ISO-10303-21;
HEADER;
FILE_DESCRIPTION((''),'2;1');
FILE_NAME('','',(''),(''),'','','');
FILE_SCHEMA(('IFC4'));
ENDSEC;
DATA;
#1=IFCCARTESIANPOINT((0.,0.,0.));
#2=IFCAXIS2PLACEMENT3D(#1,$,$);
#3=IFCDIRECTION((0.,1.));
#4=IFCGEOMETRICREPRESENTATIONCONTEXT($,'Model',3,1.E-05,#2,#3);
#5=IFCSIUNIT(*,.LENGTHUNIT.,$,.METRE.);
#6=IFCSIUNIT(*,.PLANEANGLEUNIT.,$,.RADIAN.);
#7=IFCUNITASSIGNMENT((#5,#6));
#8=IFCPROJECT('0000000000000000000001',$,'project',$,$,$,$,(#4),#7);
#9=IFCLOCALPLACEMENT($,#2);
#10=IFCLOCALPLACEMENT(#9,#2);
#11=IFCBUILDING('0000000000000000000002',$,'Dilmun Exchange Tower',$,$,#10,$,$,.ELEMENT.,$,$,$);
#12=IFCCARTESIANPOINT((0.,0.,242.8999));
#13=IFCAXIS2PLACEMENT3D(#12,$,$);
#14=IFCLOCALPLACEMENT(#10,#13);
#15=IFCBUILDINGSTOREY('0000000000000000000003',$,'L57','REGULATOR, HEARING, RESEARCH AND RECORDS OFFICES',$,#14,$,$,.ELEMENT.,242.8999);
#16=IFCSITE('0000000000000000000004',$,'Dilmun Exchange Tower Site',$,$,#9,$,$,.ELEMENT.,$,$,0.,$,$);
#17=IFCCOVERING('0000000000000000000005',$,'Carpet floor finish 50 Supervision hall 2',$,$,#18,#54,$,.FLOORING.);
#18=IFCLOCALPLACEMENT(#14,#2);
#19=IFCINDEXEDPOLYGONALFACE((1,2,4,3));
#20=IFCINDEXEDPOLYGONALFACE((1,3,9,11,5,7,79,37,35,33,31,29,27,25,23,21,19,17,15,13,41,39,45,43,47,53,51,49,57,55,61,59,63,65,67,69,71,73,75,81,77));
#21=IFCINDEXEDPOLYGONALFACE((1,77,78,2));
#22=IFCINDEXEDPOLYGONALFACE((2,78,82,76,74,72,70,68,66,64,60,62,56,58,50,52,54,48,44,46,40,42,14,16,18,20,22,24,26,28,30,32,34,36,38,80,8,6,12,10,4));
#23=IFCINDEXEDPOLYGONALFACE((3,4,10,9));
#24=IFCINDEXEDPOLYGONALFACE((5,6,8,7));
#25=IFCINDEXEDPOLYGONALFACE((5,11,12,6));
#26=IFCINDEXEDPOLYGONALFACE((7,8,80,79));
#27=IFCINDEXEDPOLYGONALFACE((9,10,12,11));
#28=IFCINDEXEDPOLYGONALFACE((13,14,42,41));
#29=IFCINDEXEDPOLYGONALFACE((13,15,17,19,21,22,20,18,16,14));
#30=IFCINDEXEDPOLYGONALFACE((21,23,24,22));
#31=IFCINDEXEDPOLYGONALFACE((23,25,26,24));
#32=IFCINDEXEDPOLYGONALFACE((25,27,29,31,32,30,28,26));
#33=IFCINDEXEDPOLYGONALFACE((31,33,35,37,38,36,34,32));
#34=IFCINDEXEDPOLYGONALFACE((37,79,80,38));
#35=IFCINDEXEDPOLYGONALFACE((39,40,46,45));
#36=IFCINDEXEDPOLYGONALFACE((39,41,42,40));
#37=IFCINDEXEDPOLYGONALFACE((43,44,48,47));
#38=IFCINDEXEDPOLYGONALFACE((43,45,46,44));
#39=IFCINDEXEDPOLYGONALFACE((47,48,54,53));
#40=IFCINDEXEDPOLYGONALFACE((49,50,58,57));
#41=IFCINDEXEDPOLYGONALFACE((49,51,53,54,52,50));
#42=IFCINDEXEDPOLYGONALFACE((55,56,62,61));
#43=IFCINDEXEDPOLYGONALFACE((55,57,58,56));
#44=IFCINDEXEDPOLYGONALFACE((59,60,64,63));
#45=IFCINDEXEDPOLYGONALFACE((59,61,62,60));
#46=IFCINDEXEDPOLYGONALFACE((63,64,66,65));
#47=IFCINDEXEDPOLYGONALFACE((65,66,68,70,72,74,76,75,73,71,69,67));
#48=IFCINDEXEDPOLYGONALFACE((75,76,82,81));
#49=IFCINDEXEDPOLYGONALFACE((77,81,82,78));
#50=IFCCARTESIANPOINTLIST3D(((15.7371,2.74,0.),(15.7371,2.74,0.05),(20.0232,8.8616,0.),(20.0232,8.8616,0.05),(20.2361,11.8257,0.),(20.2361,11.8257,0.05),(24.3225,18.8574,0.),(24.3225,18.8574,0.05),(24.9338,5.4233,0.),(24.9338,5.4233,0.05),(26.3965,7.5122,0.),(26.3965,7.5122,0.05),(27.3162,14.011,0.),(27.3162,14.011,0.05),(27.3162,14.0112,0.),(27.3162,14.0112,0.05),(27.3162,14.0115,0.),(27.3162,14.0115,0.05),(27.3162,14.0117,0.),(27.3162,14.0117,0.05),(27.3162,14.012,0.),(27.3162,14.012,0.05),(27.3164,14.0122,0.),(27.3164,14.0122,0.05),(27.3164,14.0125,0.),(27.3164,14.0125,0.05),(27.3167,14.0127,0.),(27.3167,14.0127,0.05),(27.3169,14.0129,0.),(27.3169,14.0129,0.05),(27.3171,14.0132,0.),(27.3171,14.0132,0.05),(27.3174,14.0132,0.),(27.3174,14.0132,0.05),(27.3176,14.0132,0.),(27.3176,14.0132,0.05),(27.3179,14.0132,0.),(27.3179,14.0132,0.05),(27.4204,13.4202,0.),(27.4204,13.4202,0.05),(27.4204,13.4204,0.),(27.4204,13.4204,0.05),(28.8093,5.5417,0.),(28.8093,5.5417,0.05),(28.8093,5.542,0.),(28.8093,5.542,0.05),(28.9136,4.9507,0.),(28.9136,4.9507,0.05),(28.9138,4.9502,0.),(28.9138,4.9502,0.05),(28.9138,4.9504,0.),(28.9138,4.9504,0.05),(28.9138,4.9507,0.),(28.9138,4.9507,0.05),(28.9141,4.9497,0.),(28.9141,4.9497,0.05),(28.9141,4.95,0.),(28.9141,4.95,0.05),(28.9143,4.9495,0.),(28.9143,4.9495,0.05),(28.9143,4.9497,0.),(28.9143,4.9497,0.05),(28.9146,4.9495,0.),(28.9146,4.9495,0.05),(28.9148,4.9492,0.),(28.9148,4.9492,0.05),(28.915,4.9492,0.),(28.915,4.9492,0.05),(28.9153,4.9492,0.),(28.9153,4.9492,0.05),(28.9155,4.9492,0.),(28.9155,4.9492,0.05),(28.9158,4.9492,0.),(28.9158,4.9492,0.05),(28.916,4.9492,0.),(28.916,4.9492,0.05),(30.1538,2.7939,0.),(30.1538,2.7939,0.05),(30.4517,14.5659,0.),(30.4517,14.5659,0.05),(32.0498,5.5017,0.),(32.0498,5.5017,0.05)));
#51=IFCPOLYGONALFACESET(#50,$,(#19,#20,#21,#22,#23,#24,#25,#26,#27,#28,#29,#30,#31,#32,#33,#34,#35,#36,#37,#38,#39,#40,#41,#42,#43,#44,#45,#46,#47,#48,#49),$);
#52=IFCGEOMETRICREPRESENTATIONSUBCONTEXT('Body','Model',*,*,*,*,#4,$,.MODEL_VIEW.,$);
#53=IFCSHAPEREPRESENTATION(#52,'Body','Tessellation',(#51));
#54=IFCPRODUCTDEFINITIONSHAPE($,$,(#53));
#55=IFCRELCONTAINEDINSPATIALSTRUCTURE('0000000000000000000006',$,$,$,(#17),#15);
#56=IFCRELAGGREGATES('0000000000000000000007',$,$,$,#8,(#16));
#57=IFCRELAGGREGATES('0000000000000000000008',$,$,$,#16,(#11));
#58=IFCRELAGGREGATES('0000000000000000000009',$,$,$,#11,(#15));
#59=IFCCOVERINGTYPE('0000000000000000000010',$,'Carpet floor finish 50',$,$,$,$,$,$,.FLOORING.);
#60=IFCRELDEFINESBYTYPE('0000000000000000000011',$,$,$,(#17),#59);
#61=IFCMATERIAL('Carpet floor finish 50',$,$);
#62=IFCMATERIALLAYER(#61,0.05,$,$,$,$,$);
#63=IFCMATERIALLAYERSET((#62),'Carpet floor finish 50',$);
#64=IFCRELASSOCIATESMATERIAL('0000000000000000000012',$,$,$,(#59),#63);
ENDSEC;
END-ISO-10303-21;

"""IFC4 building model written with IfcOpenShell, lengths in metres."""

from ifc_helpers import new_model, si_unit, direction, frame, origin, place, context, subcontext, project, spatial, polyline, outline, extrude, material, layer, layer_set, type_object, element, save


model = new_model("IFC4")

# Units and contexts
model_context = context("Model", 3, precision=1e-05, world=origin(), true_north=direction((0.0, 1.0)))
body_context = subcontext(model_context, "Body", "Model", "MODEL_VIEW")
ifc_project = project(units=[si_unit("LENGTHUNIT", "METRE"), si_unit("PLANEANGLEUNIT", "RADIAN")], contexts=[model_context])

# Site, building, storey
site_placement = place(None, origin())
site = spatial("IfcSite", under=ifc_project, at=site_placement, Name="Dilmun Exchange Tower Site", CompositionType="ELEMENT", RefElevation=0.0)
building_placement = place(site_placement, origin())
building = spatial("IfcBuilding", under=site, at=building_placement, Name="Dilmun Exchange Tower", CompositionType="ELEMENT")
storey_placement = place(building_placement, frame((0.0, 0.0, 242.8999)))
storey = spatial("IfcBuildingStorey", under=building, at=storey_placement, Name="L57", Description="REGULATOR, HEARING, RESEARCH AND RECORDS OFFICES", CompositionType="ELEMENT", Elevation=242.8999)

# Covering
ifc_material_1 = material(Name="Carpet floor finish 50")
ifc_layer_1 = layer(ifc_material_1, 0.05)
ifc_layer_set_1 = layer_set([ifc_layer_1], Name="Carpet floor finish 50")
covering_type = type_object("IfcCoveringType", Name="Carpet floor finish 50", PredefinedType="FLOORING", material=ifc_layer_set_1)
covering_1_placement = place(storey_placement, origin())
element("IfcCovering", 1, at=covering_1_placement, inside=storey, type_object=covering_type, Name="Carpet floor finish 50 Supervision hall 2", PredefinedType="FLOORING", context=body_context, shape_type="SweptSolid", body=[
    extrude(outline(polyline([(15.7371, 2.74), (20.0232, 8.8616), (24.9338, 5.4233), (26.3965, 7.5122), (20.2361, 11.8257), (24.3225, 18.8574), (30.4517, 14.5659), (27.3179, 14.0132), (27.3176, 14.0132), (27.3174, 14.0132), (27.3171, 14.0132), (27.3169, 14.0129), (27.3169, 14.0129), (27.3167, 14.0127), (27.3167, 14.0127), (27.3164, 14.0125), (27.3164, 14.0122), (27.3164, 14.0122), (27.3162, 14.012), (27.3162, 14.0117), (27.3162, 14.0117), (27.3162, 14.0115), (27.3162, 14.0112), (27.3162, 14.011), (27.4204, 13.4204), (27.4204, 13.4204), (27.4204, 13.4202), (28.8093, 5.542), (28.8093, 5.542), (28.8093, 5.542), (28.8093, 5.5417), (28.9136, 4.9507), (28.9138, 4.9507), (28.9138, 4.9504), (28.9138, 4.9502), (28.9138, 4.9502), (28.9141, 4.95), (28.9141, 4.9497), (28.9143, 4.9497), (28.9143, 4.9495), (28.9146, 4.9495), (28.9148, 4.9492), (28.915, 4.9492), (28.9153, 4.9492), (28.9153, 4.9492), (28.9155, 4.9492), (28.9158, 4.9492), (28.916, 4.9492), (32.0498, 5.5017), (30.1538, 2.7939), (15.7371, 2.74)])), origin(), (0.0, 0.0, 1.0), 0.05),
])

save(model, "model.ifc")
